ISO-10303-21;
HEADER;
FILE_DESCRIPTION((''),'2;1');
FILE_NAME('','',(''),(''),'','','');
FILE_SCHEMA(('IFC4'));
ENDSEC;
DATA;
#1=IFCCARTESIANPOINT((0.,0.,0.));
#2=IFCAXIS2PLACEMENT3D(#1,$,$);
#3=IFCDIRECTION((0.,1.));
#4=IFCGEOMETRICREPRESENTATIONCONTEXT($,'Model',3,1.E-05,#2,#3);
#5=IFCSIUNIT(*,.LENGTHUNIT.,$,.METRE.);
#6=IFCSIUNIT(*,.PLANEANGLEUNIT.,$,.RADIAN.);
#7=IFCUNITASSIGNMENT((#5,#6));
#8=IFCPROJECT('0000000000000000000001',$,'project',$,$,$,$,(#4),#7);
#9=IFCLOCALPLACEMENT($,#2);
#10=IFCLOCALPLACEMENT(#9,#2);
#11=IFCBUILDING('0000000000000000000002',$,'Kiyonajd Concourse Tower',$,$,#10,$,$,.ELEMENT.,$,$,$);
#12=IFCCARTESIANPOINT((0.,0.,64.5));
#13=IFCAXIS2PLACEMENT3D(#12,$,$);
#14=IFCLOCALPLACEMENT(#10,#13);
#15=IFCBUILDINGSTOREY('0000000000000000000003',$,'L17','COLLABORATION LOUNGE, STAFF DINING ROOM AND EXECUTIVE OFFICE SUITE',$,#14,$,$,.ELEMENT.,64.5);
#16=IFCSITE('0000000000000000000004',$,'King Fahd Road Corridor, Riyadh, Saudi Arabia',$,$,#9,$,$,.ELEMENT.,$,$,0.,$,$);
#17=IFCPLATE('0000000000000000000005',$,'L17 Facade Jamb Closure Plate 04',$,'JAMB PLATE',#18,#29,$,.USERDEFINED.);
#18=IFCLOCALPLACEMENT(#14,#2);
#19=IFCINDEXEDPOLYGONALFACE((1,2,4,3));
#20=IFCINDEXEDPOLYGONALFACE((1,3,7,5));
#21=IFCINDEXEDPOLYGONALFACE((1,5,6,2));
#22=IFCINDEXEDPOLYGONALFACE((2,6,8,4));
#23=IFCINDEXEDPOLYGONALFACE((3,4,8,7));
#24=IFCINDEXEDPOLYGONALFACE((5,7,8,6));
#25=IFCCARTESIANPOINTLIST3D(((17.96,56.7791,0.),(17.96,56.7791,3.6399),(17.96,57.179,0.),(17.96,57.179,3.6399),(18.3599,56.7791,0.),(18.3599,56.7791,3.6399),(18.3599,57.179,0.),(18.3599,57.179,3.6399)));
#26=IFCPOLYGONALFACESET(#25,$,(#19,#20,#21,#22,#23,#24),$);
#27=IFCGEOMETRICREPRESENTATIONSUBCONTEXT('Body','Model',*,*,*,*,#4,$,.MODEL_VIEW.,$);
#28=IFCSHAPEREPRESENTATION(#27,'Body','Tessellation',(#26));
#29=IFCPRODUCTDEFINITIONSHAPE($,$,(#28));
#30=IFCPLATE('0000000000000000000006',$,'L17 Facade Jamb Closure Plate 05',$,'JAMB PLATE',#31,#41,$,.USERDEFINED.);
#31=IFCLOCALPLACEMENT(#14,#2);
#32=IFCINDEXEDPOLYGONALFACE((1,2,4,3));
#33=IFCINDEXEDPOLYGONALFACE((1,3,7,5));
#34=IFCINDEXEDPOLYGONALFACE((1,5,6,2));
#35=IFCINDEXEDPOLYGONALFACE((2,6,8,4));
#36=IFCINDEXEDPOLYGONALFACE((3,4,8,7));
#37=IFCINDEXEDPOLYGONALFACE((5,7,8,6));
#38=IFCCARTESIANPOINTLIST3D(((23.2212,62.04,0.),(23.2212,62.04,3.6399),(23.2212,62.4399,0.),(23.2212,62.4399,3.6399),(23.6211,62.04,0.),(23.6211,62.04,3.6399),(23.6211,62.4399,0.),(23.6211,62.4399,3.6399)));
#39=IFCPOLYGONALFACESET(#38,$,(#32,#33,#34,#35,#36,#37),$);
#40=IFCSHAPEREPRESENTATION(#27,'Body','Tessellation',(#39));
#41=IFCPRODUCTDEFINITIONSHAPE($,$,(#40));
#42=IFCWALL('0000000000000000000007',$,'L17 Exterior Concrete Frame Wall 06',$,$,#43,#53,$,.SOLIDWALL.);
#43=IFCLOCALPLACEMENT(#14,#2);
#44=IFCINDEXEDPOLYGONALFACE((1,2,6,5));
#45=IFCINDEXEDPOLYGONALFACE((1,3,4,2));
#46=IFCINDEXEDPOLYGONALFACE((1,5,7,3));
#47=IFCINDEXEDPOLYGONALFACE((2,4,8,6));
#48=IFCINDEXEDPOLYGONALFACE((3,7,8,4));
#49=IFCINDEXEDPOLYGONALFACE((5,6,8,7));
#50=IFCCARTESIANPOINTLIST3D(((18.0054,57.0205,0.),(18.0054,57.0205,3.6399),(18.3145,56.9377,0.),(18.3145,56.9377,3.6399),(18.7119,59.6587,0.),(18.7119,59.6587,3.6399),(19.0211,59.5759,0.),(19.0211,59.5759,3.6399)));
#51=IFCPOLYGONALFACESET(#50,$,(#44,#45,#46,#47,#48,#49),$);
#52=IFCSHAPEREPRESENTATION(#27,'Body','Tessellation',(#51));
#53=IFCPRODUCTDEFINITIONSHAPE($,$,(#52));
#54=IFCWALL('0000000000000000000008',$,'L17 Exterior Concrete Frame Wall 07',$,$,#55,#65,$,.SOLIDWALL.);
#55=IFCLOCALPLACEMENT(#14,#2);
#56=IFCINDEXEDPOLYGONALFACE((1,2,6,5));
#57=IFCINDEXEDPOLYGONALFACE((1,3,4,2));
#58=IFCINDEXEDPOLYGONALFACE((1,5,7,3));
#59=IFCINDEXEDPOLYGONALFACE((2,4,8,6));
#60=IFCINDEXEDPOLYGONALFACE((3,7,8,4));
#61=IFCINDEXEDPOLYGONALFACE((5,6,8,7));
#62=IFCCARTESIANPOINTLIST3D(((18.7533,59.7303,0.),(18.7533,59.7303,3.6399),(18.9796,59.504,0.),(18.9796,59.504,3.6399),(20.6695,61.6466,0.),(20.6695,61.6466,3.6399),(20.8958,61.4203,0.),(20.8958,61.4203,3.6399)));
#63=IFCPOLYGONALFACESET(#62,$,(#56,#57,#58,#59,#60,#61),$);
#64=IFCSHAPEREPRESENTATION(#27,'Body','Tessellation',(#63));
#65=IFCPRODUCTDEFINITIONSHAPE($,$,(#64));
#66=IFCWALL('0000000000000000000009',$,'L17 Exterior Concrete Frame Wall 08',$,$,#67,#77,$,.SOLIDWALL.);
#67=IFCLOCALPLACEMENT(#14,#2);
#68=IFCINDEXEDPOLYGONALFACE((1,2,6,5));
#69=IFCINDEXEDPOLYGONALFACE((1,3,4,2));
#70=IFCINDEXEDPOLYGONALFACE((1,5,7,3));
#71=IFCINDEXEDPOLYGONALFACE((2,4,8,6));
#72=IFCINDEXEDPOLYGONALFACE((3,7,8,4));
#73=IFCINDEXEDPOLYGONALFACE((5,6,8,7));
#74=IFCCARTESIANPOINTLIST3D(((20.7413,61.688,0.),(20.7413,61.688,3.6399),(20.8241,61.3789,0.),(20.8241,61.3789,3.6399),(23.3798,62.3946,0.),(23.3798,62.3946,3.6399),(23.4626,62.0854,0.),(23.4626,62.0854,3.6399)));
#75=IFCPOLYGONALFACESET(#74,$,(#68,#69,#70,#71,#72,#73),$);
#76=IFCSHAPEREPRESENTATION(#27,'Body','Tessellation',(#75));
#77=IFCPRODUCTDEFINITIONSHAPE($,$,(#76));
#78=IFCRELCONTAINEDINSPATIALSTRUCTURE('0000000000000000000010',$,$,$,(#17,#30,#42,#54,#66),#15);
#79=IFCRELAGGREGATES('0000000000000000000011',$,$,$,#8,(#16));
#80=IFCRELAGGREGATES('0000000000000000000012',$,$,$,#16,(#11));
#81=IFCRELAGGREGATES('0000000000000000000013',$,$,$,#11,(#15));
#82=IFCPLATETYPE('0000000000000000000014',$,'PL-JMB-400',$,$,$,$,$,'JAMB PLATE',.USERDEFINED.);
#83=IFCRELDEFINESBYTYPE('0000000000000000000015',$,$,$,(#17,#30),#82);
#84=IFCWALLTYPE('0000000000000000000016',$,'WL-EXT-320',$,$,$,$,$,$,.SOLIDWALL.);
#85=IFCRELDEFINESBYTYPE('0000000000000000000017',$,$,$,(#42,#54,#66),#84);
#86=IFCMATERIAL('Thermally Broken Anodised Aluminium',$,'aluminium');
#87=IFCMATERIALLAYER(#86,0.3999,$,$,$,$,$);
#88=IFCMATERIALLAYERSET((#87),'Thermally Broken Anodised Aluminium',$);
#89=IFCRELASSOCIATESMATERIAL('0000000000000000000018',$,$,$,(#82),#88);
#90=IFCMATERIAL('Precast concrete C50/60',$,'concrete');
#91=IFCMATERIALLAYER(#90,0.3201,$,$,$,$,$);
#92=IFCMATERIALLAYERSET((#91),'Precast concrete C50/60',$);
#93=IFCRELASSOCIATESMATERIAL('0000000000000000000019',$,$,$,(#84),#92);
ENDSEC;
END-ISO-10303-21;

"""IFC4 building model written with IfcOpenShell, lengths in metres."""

from ifc_helpers import new_model, si_unit, direction, frame, frame_2d, origin, origin_2d, place, context, subcontext, project, spatial, rectangle, extrude, material, layer, layer_set, type_object, element, save


model = new_model("IFC4")

# Units and contexts
model_context = context("Model", 3, precision=1e-05, world=origin(), true_north=direction((0.0, 1.0)))
body_context = subcontext(model_context, "Body", "Model", "MODEL_VIEW")
ifc_project = project(units=[si_unit("LENGTHUNIT", "METRE"), si_unit("PLANEANGLEUNIT", "RADIAN")], contexts=[model_context])

# Site, building, storey
site_placement = place(None, origin())
site = spatial("IfcSite", under=ifc_project, at=site_placement, Name="King Fahd Road Corridor, Riyadh, Saudi Arabia", CompositionType="ELEMENT", RefElevation=0.0)
building_placement = place(site_placement, origin())
building = spatial("IfcBuilding", under=site, at=building_placement, Name="Kiyonajd Concourse Tower", CompositionType="ELEMENT")
storey_placement = place(building_placement, frame((0.0, 0.0, 64.5)))
storey = spatial("IfcBuildingStorey", under=building, at=storey_placement, Name="L17", Description="COLLABORATION LOUNGE, STAFF DINING ROOM AND EXECUTIVE OFFICE SUITE", CompositionType="ELEMENT", Elevation=64.5)

# Shared definitions
ifc_material_1 = material(Name="Precast concrete C50/60", Category="concrete")

# Shared definitions
ifc_material_2 = material(Name="Thermally Broken Anodised Aluminium", Category="aluminium")

# Plates
ifc_layer_1 = layer(ifc_material_2, 0.3999)
ifc_layer_set_1 = layer_set([ifc_layer_1], Name="Thermally Broken Anodised Aluminium")
plate_type_1 = type_object("IfcPlateType", Name="PL-JMB-400", ElementType="JAMB PLATE", PredefinedType="USERDEFINED", material=ifc_layer_set_1)
for number, where, z_axis, x_axis, name in (
    (1, (18.1599, 56.979, 0.0), (0.0, 0.0, 1.0), (1.0, 0.0, 0.0), "L17 Facade Jamb Closure Plate 04"),
    (2, (23.4211, 62.24, 0.0), (0.0, 0.0, 1.0), (1.0, 0.0, 0.0), "L17 Facade Jamb Closure Plate 05"),
):
    element("IfcPlate", number, at=place(storey_placement, frame(where, z_axis=z_axis, x_axis=x_axis)), inside=storey, type_object=plate_type_1, Name=name, ObjectType="JAMB PLATE", PredefinedType="USERDEFINED", context=body_context, shape_type="SweptSolid", body=[
        extrude(rectangle(XDim=0.3999, YDim=0.3999, at=origin_2d()), origin(), (0.0, 0.0, 1.0), 3.6399),
    ])

# Walls
ifc_layer_2 = layer(ifc_material_1, 0.3201)
ifc_layer_set_2 = layer_set([ifc_layer_2], Name="Precast concrete C50/60")
wall_type = type_object("IfcWallType", Name="WL-EXT-320", PredefinedType="SOLIDWALL", material=ifc_layer_set_2)
wall_1_placement = place(storey_placement, frame((18.1599, 56.979, 0.0), z_axis=(0.0, 0.0, 1.0), x_axis=(0.258697, 0.965958, 0.0)))
element("IfcWall", 3, at=wall_1_placement, inside=storey, type_object=wall_type, Name="L17 Exterior Concrete Frame Wall 06", PredefinedType="SOLIDWALL", context=body_context, shape_type="SweptSolid", body=[
    extrude(rectangle(XDim=2.7312, YDim=0.3201, at=frame_2d((1.3657, 0.0))), origin(), (0.0, 0.0, 1.0), 3.6399),
])
wall_2_placement = place(storey_placement, frame((18.8665, 59.6172, 0.0), z_axis=(0.0, 0.0, 1.0), x_axis=(0.707107, 0.707107, 0.0)))
element("IfcWall", 4, at=wall_2_placement, inside=storey, type_object=wall_type, Name="L17 Exterior Concrete Frame Wall 07", PredefinedType="SOLIDWALL", context=body_context, shape_type="SweptSolid", body=[
    extrude(rectangle(XDim=2.71, YDim=0.3201, at=frame_2d((1.355, 0.0))), origin(), (0.0, 0.0, 1.0), 3.6399),
])
wall_3_placement = place(storey_placement, frame((20.7827, 61.5334, 0.0), z_axis=(0.0, 0.0, 1.0), x_axis=(0.965964, 0.258675, 0.0)))
element("IfcWall", 5, at=wall_3_placement, inside=storey, type_object=wall_type, Name="L17 Exterior Concrete Frame Wall 08", PredefinedType="SOLIDWALL", context=body_context, shape_type="SweptSolid", body=[
    extrude(rectangle(XDim=2.7314, YDim=0.3201, at=frame_2d((1.3657, 0.0))), origin(), (0.0, 0.0, 1.0), 3.6399),
])

save(model, "model.ifc")
